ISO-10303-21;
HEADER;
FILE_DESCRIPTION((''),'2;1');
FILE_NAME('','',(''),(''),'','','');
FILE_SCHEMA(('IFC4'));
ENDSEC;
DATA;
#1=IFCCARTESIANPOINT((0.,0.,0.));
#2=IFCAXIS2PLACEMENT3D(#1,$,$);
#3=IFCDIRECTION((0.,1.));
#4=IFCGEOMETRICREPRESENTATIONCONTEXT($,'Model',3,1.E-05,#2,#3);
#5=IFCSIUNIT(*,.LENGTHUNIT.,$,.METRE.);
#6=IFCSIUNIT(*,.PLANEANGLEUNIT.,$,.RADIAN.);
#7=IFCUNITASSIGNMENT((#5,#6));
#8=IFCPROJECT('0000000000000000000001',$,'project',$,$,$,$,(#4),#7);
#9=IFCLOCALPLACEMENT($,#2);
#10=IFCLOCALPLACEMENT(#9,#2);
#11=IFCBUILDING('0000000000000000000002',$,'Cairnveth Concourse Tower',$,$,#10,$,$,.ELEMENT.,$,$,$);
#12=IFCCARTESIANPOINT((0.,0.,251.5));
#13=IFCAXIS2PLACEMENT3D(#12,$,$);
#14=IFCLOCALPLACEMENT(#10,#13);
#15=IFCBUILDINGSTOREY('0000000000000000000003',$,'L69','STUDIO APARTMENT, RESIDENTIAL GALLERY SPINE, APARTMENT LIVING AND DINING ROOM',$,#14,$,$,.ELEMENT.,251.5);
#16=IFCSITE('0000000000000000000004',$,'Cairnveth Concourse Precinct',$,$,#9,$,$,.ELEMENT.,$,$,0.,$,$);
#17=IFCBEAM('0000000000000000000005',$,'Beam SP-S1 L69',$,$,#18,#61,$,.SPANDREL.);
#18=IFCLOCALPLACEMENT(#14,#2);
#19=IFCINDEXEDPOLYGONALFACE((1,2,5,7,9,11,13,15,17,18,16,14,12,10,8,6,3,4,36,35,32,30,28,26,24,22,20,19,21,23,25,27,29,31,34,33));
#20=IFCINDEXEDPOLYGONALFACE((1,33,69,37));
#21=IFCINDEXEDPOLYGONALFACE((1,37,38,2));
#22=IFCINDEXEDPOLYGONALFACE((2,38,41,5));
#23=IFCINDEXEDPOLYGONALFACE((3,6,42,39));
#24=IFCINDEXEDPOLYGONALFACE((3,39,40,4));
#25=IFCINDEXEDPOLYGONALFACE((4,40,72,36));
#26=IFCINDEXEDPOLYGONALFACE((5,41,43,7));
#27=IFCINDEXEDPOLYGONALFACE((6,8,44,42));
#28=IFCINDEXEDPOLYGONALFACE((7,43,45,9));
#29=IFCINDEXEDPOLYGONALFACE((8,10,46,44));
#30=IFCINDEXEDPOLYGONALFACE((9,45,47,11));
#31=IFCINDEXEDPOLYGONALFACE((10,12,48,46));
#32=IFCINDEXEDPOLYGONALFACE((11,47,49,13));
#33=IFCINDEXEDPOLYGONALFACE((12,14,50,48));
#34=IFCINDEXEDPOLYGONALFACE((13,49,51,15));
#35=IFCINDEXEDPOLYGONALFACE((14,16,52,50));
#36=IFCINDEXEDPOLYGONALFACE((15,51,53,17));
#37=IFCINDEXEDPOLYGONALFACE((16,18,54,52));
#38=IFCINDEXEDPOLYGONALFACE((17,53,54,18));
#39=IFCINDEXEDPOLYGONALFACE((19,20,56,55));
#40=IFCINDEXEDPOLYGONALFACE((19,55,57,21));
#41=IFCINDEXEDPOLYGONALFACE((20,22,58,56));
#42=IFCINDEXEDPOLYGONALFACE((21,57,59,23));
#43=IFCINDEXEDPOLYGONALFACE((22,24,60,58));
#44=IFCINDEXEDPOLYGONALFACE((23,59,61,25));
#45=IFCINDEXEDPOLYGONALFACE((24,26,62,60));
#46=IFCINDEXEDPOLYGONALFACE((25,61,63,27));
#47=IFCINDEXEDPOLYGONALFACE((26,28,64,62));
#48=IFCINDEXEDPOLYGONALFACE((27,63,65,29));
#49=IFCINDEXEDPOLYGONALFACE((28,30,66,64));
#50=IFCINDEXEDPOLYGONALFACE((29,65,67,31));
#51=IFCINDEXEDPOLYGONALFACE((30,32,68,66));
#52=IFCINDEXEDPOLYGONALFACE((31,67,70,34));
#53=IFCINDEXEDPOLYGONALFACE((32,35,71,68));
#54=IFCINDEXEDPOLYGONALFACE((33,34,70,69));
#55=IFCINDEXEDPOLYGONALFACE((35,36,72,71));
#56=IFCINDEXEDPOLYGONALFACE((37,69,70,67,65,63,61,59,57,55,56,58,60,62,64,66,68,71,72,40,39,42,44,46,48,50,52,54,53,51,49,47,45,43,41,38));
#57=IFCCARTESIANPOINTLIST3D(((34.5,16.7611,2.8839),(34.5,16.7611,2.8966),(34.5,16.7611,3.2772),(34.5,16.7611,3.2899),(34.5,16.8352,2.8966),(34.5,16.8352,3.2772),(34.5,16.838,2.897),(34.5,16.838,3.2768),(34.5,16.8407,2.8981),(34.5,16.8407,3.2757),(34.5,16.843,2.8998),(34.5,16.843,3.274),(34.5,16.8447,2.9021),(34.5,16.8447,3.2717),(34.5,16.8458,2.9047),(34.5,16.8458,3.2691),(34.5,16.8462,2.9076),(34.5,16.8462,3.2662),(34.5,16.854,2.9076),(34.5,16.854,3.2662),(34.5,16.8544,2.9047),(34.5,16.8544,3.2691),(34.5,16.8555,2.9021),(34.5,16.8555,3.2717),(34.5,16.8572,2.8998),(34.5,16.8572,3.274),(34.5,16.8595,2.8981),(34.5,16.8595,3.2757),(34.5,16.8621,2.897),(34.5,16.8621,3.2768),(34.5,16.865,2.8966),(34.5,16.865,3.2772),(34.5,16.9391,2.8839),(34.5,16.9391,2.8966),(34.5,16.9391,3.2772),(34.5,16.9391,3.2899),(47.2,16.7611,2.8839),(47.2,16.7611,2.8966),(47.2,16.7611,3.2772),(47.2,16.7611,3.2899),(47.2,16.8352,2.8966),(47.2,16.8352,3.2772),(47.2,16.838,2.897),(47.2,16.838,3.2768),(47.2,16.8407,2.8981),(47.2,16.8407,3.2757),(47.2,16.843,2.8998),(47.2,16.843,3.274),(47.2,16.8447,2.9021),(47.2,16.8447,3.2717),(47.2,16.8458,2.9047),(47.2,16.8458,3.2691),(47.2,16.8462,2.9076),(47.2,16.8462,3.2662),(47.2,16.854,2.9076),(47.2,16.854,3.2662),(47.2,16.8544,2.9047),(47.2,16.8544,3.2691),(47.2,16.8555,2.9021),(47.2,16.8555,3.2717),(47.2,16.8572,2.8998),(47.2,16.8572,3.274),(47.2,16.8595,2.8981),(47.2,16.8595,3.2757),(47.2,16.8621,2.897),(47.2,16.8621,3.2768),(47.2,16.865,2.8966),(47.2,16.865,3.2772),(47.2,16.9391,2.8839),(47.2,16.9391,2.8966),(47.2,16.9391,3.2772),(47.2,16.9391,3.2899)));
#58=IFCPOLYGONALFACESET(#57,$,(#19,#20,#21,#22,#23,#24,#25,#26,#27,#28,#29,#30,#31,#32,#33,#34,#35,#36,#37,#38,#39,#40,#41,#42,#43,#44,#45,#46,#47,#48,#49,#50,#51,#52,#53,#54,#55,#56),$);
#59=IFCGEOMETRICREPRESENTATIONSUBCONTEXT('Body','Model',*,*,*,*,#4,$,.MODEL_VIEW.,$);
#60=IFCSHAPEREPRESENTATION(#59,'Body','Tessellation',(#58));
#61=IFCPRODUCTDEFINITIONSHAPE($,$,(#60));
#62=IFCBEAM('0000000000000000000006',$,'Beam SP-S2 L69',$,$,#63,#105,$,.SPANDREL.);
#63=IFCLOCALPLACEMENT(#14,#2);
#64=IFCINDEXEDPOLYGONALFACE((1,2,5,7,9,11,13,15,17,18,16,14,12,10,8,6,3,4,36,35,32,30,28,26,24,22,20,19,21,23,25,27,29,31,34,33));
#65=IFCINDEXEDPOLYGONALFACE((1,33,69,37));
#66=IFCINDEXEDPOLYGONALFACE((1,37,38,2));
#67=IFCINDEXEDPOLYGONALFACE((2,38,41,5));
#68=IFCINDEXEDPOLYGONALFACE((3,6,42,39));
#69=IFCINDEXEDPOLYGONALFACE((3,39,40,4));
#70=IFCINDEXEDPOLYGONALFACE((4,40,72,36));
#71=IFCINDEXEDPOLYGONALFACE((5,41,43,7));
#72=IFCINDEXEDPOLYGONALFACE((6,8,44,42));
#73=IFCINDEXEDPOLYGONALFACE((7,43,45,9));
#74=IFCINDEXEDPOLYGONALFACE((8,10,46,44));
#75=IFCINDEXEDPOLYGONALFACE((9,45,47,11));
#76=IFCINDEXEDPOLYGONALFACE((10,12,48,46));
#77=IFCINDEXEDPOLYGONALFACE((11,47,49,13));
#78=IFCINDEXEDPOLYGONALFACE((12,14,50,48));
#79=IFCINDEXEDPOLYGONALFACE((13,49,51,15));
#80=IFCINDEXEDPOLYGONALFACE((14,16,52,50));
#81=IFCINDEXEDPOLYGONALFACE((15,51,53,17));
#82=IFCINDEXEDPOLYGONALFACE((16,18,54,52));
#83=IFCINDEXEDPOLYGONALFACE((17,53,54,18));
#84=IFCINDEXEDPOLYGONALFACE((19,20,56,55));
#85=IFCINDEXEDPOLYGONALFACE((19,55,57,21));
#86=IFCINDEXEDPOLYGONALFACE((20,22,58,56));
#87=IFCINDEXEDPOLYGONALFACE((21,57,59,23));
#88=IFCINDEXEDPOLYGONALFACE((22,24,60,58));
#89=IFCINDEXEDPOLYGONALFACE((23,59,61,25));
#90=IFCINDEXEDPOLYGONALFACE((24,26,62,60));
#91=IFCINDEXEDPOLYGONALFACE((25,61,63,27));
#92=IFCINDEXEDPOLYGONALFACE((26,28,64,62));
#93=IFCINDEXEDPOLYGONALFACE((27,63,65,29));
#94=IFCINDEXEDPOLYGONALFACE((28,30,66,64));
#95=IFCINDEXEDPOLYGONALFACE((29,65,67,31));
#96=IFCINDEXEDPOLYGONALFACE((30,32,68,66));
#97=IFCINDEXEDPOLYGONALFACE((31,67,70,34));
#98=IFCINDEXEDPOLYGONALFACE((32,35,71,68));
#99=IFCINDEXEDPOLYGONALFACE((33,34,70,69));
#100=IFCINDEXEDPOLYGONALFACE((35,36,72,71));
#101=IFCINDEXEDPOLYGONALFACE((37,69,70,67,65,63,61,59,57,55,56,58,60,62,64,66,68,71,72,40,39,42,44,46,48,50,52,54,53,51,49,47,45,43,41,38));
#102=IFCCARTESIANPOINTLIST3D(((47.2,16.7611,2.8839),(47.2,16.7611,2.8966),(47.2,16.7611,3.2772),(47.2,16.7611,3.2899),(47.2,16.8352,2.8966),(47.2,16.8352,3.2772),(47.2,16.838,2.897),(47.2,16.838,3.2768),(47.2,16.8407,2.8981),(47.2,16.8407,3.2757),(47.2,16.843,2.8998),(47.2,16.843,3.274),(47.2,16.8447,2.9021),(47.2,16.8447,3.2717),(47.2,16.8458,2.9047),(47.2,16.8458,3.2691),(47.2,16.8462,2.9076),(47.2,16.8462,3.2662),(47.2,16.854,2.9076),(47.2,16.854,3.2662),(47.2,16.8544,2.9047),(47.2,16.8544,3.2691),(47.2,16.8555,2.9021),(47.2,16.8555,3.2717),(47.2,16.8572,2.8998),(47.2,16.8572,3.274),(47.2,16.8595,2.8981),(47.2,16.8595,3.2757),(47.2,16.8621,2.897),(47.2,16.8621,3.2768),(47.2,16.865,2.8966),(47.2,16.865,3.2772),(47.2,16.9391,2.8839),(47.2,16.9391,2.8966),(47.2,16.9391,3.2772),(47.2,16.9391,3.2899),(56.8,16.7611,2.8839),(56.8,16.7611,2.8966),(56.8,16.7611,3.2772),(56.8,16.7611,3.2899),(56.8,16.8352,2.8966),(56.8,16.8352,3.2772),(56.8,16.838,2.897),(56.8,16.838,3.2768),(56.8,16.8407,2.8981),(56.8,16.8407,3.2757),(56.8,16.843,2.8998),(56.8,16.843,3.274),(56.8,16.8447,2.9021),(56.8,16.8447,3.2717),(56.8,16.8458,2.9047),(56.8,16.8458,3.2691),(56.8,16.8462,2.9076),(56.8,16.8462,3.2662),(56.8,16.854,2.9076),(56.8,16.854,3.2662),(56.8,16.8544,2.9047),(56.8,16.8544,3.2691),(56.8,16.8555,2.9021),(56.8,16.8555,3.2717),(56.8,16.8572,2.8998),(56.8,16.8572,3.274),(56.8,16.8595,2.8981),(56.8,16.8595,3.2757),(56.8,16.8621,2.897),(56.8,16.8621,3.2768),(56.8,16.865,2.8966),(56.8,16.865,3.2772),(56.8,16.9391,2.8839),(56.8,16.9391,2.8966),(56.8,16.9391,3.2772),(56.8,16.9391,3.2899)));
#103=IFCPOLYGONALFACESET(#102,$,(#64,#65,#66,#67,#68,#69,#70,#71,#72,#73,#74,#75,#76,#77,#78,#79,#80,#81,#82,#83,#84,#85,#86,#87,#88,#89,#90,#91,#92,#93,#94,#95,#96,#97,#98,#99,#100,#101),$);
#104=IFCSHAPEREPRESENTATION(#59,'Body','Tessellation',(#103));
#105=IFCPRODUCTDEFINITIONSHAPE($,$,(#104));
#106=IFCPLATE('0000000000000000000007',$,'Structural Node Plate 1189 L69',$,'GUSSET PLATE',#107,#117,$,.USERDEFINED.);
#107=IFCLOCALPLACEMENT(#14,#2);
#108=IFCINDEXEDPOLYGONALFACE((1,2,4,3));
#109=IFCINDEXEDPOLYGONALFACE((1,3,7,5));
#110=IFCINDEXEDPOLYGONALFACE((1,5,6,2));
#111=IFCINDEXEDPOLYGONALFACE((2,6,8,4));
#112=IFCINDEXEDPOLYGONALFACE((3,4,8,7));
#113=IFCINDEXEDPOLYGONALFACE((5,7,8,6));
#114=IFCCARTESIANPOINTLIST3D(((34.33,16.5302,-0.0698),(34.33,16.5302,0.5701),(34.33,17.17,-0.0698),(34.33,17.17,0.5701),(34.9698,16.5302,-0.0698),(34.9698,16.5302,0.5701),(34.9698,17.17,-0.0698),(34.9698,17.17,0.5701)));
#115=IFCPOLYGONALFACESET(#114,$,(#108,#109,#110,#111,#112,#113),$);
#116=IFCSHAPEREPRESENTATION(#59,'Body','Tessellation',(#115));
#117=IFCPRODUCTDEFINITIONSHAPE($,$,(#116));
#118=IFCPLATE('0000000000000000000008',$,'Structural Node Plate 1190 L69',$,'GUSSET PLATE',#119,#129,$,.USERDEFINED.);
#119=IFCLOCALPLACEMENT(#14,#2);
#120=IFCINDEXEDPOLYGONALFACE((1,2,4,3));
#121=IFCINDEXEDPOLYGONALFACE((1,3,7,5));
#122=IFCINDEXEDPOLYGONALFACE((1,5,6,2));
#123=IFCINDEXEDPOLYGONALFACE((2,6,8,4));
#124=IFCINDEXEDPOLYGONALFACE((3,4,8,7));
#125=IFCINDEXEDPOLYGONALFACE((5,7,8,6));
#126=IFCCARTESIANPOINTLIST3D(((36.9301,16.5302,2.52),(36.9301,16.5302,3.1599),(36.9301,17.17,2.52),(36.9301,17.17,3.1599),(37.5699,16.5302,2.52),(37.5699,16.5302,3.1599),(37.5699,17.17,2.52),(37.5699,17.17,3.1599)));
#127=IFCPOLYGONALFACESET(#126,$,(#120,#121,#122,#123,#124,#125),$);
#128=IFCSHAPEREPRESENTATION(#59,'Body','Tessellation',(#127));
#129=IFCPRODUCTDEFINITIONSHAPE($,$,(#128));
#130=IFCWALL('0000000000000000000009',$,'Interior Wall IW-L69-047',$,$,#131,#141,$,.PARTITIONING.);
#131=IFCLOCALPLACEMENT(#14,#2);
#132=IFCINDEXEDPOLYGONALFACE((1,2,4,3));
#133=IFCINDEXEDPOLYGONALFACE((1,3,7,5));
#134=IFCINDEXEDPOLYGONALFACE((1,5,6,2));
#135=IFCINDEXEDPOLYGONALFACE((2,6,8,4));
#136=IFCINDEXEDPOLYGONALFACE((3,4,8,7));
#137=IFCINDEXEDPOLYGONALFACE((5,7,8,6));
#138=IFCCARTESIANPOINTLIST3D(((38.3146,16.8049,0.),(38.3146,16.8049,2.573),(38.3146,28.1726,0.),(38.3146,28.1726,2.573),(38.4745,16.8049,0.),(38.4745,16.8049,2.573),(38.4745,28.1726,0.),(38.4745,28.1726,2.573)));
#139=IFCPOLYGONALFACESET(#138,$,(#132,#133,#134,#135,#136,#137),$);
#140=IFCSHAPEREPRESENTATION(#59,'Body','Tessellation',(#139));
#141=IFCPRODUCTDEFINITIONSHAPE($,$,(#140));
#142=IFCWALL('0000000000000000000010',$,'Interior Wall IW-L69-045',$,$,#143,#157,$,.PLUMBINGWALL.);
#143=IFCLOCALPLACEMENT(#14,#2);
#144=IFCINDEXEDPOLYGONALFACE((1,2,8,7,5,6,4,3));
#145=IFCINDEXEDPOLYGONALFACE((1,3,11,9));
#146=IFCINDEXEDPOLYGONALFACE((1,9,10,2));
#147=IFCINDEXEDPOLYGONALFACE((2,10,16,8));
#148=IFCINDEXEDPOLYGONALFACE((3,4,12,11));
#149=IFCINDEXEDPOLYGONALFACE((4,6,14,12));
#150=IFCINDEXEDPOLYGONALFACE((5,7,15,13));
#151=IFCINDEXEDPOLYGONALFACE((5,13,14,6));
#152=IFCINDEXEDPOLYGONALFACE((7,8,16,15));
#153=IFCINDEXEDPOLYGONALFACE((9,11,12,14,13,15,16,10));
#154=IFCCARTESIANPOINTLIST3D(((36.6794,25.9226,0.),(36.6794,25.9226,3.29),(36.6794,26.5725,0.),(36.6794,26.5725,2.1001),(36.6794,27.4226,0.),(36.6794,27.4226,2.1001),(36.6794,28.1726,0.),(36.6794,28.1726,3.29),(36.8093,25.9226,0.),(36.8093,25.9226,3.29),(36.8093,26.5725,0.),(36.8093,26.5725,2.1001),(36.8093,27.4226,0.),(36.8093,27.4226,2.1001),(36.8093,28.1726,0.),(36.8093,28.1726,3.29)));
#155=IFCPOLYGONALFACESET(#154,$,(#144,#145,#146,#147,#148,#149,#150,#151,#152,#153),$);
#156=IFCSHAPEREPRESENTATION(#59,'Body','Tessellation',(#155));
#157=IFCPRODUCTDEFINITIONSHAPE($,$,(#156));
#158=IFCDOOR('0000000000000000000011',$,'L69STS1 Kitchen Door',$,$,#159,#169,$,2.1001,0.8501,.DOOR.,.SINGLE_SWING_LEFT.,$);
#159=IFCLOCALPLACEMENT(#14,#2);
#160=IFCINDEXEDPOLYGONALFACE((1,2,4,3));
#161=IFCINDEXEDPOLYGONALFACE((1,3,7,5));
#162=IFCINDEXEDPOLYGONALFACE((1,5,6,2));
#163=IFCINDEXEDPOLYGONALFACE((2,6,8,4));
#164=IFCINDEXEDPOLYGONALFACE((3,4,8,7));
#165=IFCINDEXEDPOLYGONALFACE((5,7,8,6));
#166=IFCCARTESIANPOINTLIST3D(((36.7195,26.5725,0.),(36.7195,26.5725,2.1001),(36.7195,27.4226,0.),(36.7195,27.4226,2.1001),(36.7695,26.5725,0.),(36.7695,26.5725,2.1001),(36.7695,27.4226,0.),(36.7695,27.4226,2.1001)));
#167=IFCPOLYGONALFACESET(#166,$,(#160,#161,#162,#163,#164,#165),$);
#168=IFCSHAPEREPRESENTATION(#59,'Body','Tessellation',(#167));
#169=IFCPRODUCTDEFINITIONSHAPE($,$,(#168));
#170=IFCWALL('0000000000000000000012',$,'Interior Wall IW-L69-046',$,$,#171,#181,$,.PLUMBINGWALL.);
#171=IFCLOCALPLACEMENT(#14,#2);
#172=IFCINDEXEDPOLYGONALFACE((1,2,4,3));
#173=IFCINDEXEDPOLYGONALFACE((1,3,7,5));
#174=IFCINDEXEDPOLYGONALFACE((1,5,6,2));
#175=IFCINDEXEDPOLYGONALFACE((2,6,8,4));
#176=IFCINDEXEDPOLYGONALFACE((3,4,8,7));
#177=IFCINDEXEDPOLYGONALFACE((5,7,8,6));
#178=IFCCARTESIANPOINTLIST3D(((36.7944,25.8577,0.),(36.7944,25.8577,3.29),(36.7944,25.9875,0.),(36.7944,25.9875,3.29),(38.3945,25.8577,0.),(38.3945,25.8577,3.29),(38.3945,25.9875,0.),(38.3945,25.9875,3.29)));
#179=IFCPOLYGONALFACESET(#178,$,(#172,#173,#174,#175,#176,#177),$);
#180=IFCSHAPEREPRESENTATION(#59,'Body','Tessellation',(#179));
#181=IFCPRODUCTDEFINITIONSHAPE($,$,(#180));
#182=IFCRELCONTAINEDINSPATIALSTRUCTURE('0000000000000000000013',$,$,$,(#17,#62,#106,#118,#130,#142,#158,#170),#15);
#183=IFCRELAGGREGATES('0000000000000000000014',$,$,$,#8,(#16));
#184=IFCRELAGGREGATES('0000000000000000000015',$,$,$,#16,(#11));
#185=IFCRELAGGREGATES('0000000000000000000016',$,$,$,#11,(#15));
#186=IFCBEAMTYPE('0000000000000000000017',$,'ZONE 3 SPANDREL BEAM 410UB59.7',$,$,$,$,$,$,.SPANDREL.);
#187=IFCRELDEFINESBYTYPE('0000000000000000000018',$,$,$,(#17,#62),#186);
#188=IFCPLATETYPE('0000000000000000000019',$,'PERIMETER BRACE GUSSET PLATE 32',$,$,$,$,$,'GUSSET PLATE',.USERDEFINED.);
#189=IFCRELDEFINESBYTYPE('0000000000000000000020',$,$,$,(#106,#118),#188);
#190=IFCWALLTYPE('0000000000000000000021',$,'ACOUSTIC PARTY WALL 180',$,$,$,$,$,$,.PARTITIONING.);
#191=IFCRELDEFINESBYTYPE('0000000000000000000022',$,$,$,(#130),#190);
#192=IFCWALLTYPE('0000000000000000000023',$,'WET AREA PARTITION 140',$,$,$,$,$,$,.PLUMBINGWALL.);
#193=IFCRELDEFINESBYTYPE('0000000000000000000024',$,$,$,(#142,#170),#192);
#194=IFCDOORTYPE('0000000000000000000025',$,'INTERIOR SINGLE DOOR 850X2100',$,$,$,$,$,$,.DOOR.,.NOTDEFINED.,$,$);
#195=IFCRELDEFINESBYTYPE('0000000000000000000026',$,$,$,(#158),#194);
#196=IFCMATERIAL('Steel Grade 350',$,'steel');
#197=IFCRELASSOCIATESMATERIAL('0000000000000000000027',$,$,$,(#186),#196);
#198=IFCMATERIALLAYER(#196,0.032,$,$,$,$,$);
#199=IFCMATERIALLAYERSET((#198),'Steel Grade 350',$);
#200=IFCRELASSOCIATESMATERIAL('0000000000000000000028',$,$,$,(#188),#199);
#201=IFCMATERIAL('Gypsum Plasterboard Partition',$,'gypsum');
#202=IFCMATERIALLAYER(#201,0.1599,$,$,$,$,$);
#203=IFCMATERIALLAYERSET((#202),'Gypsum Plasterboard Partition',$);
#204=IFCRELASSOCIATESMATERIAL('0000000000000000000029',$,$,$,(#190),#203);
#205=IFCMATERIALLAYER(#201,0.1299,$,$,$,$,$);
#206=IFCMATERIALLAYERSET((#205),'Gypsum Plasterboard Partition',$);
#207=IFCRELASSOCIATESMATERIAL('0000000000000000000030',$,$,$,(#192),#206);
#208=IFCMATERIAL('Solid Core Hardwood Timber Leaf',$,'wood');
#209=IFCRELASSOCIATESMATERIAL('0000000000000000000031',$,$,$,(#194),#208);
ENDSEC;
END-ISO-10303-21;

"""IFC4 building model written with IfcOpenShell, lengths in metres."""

from ifc_helpers import new_model, si_unit, direction, frame, frame_2d, origin, origin_2d, place, context, subcontext, project, spatial, rectangle, i_section, extrude, material, layer, layer_set, material_profile, profile_set, type_object, element, fill, save


model = new_model("IFC4")

# Units and contexts
model_context = context("Model", 3, precision=1e-05, world=origin(), true_north=direction((0.0, 1.0)))
body_context = subcontext(model_context, "Body", "Model", "MODEL_VIEW")
ifc_project = project(units=[si_unit("LENGTHUNIT", "METRE"), si_unit("PLANEANGLEUNIT", "RADIAN")], contexts=[model_context])

# Site, building, storey
site_placement = place(None, origin())
site = spatial("IfcSite", under=ifc_project, at=site_placement, Name="Cairnveth Concourse Precinct", CompositionType="ELEMENT", RefElevation=0.0)
building_placement = place(site_placement, origin())
building = spatial("IfcBuilding", under=site, at=building_placement, Name="Cairnveth Concourse Tower", CompositionType="ELEMENT")
storey_placement = place(building_placement, frame((0.0, 0.0, 251.5)))
storey = spatial("IfcBuildingStorey", under=building, at=storey_placement, Name="L69", Description="STUDIO APARTMENT, RESIDENTIAL GALLERY SPINE, APARTMENT LIVING AND DINING ROOM", CompositionType="ELEMENT", Elevation=251.5)

# Shared definitions
ifc_material_1 = material(Name="Steel Grade 350", Category="steel")

# Beams
ifc_material_profile_1 = material_profile(ifc_material_1, i_section(OverallWidth=0.178, OverallDepth=0.406, WebThickness=0.0078, FlangeThickness=0.0127, FilletRadius=0.011, at=origin_2d()), Name="410UB59.7")
ifc_profile_set_1 = profile_set([ifc_material_profile_1], Name="Steel Grade 350")
beam_type_1 = type_object("IfcBeamType", Name="ZONE 3 SPANDREL BEAM 410UB59.7", PredefinedType="SPANDREL", material=ifc_profile_set_1)
beam_1_placement = place(storey_placement, frame((34.5, 16.8501, 3.0869), z_axis=(1.0, 0.0, 0.0), x_axis=(0.0, 1.0, 0.0)))
element("IfcBeam", 1, at=beam_1_placement, inside=storey, type_object=beam_type_1, Name="Beam SP-S1 L69", PredefinedType="SPANDREL", context=body_context, shape_type="SweptSolid", body=[
    extrude(i_section(OverallWidth=0.178, OverallDepth=0.406, WebThickness=0.0078, FlangeThickness=0.0127, FilletRadius=0.011, at=origin_2d()), origin(), (0.0, 0.0, 1.0), 12.7),
])
beam_2_placement = place(storey_placement, frame((47.2, 16.8501, 3.0869), z_axis=(1.0, 0.0, 0.0), x_axis=(0.0, 1.0, 0.0)))
element("IfcBeam", 2, at=beam_2_placement, inside=storey, type_object=beam_type_1, Name="Beam SP-S2 L69", PredefinedType="SPANDREL", context=body_context, shape_type="SweptSolid", body=[
    extrude(i_section(OverallWidth=0.178, OverallDepth=0.406, WebThickness=0.0078, FlangeThickness=0.0127, FilletRadius=0.011, at=origin_2d()), origin(), (0.0, 0.0, 1.0), 9.6001),
])

# Plates
ifc_layer_1 = layer(ifc_material_1, 0.032)
ifc_layer_set_1 = layer_set([ifc_layer_1], Name="Steel Grade 350")
plate_type = type_object("IfcPlateType", Name="PERIMETER BRACE GUSSET PLATE 32", ElementType="GUSSET PLATE", PredefinedType="USERDEFINED", material=ifc_layer_set_1)
for number, where, z_axis, x_axis, name in (
    (3, (34.6499, 16.8501, -0.0698), (0.0, 0.0, 1.0), (1.0, 0.0, 0.0), "Structural Node Plate 1189 L69"),
    (4, (37.25, 16.8501, 2.52), (0.0, 0.0, 1.0), (1.0, 0.0, 0.0), "Structural Node Plate 1190 L69"),
):
    element("IfcPlate", number, at=place(storey_placement, frame(where, z_axis=z_axis, x_axis=x_axis)), inside=storey, type_object=plate_type, Name=name, ObjectType="GUSSET PLATE", PredefinedType="USERDEFINED", context=body_context, shape_type="SweptSolid", body=[
        extrude(rectangle(XDim=0.6399, YDim=0.6399, at=origin_2d()), origin(), (0.0, 0.0, 1.0), 0.6399),
    ])

# Wall
ifc_material_2 = material(Name="Gypsum Plasterboard Partition", Category="gypsum")
ifc_layer_2 = layer(ifc_material_2, 0.1599)
ifc_layer_set_2 = layer_set([ifc_layer_2], Name="Gypsum Plasterboard Partition")
wall_type_1 = type_object("IfcWallType", Name="ACOUSTIC PARTY WALL 180", PredefinedType="PARTITIONING", material=ifc_layer_set_2)
wall_1_placement = place(storey_placement, frame((38.3945, 16.8049, 0.0), z_axis=(0.0, 0.0, 1.0), x_axis=(0.0, 1.0, 0.0)))
element("IfcWall", 5, at=wall_1_placement, inside=storey, type_object=wall_type_1, Name="Interior Wall IW-L69-047", PredefinedType="PARTITIONING", context=body_context, shape_type="SweptSolid", body=[
    extrude(rectangle(XDim=11.3677, YDim=0.1599, at=frame_2d((5.6838, 0.0))), origin(), (0.0, 0.0, 1.0), 2.573),
])

# Wall, opening, door
ifc_layer_3 = layer(ifc_material_2, 0.1299)
ifc_layer_set_3 = layer_set([ifc_layer_3], Name="Gypsum Plasterboard Partition")
wall_type_2 = type_object("IfcWallType", Name="WET AREA PARTITION 140", PredefinedType="PLUMBINGWALL", material=ifc_layer_set_3)
wall_2_placement = place(storey_placement, frame((36.7444, 25.9226, 0.0), z_axis=(0.0, 0.0, 1.0), x_axis=(0.0, 1.0, 0.0)))
wall_2 = element("IfcWall", 6, at=wall_2_placement, inside=storey, type_object=wall_type_2, Name="Interior Wall IW-L69-045", PredefinedType="PLUMBINGWALL", context=body_context, shape_type="SweptSolid", body=[
    extrude(rectangle(XDim=2.25, YDim=0.1299, at=frame_2d((1.125, 0.0))), origin(), (0.0, 0.0, 1.0), 3.29),
])
opening_1_placement = place(wall_2_placement, frame((0.6499, 0.0, 0.0)))
opening_1 = element("IfcOpeningElement", 7, at=opening_1_placement, cuts=wall_2, PredefinedType="OPENING", context=body_context, shape_type="SweptSolid", body=[
    extrude(rectangle(XDim=0.8501, YDim=2.1001, at=frame_2d((0.425, 1.05))), frame((0.0, 0.075, 0.0), z_axis=(0.0, -1.0, 0.0), x_axis=(1.0, 0.0, 0.0)), (0.0, 0.0, 1.0), 0.1499),
])
ifc_material_3 = material(Name="Solid Core Hardwood Timber Leaf", Category="wood")
door_type = type_object("IfcDoorType", Name="INTERIOR SINGLE DOOR 850X2100", OperationType="NOTDEFINED", PredefinedType="DOOR", material=ifc_material_3)
door_placement = place(opening_1_placement, origin())
door = element("IfcDoor", 8, at=door_placement, inside=storey, type_object=door_type, Name="L69STS1 Kitchen Door", OperationType="SINGLE_SWING_LEFT", OverallHeight=2.1001, OverallWidth=0.8501, PredefinedType="DOOR", context=body_context, shape_type="SweptSolid", body=[
    extrude(rectangle(XDim=0.8501, YDim=2.1001, at=frame_2d((0.425, 1.05))), frame((0.0, 0.0249, 0.0), z_axis=(0.0, -1.0, 0.0), x_axis=(1.0, 0.0, 0.0)), (0.0, 0.0, 1.0), 0.05),
])
fill(opening_1, door)

# Wall
wall_3_placement = place(storey_placement, frame((36.7944, 25.9226, 0.0), z_axis=(0.0, 0.0, 1.0), x_axis=(1.0, 0.0, 0.0)))
element("IfcWall", 9, at=wall_3_placement, inside=storey, type_object=wall_type_2, Name="Interior Wall IW-L69-046", PredefinedType="PLUMBINGWALL", context=body_context, shape_type="SweptSolid", body=[
    extrude(rectangle(XDim=1.6001, YDim=0.1299, at=frame_2d((0.8, 0.0))), origin(), (0.0, 0.0, 1.0), 3.29),
])

save(model, "model.ifc")
